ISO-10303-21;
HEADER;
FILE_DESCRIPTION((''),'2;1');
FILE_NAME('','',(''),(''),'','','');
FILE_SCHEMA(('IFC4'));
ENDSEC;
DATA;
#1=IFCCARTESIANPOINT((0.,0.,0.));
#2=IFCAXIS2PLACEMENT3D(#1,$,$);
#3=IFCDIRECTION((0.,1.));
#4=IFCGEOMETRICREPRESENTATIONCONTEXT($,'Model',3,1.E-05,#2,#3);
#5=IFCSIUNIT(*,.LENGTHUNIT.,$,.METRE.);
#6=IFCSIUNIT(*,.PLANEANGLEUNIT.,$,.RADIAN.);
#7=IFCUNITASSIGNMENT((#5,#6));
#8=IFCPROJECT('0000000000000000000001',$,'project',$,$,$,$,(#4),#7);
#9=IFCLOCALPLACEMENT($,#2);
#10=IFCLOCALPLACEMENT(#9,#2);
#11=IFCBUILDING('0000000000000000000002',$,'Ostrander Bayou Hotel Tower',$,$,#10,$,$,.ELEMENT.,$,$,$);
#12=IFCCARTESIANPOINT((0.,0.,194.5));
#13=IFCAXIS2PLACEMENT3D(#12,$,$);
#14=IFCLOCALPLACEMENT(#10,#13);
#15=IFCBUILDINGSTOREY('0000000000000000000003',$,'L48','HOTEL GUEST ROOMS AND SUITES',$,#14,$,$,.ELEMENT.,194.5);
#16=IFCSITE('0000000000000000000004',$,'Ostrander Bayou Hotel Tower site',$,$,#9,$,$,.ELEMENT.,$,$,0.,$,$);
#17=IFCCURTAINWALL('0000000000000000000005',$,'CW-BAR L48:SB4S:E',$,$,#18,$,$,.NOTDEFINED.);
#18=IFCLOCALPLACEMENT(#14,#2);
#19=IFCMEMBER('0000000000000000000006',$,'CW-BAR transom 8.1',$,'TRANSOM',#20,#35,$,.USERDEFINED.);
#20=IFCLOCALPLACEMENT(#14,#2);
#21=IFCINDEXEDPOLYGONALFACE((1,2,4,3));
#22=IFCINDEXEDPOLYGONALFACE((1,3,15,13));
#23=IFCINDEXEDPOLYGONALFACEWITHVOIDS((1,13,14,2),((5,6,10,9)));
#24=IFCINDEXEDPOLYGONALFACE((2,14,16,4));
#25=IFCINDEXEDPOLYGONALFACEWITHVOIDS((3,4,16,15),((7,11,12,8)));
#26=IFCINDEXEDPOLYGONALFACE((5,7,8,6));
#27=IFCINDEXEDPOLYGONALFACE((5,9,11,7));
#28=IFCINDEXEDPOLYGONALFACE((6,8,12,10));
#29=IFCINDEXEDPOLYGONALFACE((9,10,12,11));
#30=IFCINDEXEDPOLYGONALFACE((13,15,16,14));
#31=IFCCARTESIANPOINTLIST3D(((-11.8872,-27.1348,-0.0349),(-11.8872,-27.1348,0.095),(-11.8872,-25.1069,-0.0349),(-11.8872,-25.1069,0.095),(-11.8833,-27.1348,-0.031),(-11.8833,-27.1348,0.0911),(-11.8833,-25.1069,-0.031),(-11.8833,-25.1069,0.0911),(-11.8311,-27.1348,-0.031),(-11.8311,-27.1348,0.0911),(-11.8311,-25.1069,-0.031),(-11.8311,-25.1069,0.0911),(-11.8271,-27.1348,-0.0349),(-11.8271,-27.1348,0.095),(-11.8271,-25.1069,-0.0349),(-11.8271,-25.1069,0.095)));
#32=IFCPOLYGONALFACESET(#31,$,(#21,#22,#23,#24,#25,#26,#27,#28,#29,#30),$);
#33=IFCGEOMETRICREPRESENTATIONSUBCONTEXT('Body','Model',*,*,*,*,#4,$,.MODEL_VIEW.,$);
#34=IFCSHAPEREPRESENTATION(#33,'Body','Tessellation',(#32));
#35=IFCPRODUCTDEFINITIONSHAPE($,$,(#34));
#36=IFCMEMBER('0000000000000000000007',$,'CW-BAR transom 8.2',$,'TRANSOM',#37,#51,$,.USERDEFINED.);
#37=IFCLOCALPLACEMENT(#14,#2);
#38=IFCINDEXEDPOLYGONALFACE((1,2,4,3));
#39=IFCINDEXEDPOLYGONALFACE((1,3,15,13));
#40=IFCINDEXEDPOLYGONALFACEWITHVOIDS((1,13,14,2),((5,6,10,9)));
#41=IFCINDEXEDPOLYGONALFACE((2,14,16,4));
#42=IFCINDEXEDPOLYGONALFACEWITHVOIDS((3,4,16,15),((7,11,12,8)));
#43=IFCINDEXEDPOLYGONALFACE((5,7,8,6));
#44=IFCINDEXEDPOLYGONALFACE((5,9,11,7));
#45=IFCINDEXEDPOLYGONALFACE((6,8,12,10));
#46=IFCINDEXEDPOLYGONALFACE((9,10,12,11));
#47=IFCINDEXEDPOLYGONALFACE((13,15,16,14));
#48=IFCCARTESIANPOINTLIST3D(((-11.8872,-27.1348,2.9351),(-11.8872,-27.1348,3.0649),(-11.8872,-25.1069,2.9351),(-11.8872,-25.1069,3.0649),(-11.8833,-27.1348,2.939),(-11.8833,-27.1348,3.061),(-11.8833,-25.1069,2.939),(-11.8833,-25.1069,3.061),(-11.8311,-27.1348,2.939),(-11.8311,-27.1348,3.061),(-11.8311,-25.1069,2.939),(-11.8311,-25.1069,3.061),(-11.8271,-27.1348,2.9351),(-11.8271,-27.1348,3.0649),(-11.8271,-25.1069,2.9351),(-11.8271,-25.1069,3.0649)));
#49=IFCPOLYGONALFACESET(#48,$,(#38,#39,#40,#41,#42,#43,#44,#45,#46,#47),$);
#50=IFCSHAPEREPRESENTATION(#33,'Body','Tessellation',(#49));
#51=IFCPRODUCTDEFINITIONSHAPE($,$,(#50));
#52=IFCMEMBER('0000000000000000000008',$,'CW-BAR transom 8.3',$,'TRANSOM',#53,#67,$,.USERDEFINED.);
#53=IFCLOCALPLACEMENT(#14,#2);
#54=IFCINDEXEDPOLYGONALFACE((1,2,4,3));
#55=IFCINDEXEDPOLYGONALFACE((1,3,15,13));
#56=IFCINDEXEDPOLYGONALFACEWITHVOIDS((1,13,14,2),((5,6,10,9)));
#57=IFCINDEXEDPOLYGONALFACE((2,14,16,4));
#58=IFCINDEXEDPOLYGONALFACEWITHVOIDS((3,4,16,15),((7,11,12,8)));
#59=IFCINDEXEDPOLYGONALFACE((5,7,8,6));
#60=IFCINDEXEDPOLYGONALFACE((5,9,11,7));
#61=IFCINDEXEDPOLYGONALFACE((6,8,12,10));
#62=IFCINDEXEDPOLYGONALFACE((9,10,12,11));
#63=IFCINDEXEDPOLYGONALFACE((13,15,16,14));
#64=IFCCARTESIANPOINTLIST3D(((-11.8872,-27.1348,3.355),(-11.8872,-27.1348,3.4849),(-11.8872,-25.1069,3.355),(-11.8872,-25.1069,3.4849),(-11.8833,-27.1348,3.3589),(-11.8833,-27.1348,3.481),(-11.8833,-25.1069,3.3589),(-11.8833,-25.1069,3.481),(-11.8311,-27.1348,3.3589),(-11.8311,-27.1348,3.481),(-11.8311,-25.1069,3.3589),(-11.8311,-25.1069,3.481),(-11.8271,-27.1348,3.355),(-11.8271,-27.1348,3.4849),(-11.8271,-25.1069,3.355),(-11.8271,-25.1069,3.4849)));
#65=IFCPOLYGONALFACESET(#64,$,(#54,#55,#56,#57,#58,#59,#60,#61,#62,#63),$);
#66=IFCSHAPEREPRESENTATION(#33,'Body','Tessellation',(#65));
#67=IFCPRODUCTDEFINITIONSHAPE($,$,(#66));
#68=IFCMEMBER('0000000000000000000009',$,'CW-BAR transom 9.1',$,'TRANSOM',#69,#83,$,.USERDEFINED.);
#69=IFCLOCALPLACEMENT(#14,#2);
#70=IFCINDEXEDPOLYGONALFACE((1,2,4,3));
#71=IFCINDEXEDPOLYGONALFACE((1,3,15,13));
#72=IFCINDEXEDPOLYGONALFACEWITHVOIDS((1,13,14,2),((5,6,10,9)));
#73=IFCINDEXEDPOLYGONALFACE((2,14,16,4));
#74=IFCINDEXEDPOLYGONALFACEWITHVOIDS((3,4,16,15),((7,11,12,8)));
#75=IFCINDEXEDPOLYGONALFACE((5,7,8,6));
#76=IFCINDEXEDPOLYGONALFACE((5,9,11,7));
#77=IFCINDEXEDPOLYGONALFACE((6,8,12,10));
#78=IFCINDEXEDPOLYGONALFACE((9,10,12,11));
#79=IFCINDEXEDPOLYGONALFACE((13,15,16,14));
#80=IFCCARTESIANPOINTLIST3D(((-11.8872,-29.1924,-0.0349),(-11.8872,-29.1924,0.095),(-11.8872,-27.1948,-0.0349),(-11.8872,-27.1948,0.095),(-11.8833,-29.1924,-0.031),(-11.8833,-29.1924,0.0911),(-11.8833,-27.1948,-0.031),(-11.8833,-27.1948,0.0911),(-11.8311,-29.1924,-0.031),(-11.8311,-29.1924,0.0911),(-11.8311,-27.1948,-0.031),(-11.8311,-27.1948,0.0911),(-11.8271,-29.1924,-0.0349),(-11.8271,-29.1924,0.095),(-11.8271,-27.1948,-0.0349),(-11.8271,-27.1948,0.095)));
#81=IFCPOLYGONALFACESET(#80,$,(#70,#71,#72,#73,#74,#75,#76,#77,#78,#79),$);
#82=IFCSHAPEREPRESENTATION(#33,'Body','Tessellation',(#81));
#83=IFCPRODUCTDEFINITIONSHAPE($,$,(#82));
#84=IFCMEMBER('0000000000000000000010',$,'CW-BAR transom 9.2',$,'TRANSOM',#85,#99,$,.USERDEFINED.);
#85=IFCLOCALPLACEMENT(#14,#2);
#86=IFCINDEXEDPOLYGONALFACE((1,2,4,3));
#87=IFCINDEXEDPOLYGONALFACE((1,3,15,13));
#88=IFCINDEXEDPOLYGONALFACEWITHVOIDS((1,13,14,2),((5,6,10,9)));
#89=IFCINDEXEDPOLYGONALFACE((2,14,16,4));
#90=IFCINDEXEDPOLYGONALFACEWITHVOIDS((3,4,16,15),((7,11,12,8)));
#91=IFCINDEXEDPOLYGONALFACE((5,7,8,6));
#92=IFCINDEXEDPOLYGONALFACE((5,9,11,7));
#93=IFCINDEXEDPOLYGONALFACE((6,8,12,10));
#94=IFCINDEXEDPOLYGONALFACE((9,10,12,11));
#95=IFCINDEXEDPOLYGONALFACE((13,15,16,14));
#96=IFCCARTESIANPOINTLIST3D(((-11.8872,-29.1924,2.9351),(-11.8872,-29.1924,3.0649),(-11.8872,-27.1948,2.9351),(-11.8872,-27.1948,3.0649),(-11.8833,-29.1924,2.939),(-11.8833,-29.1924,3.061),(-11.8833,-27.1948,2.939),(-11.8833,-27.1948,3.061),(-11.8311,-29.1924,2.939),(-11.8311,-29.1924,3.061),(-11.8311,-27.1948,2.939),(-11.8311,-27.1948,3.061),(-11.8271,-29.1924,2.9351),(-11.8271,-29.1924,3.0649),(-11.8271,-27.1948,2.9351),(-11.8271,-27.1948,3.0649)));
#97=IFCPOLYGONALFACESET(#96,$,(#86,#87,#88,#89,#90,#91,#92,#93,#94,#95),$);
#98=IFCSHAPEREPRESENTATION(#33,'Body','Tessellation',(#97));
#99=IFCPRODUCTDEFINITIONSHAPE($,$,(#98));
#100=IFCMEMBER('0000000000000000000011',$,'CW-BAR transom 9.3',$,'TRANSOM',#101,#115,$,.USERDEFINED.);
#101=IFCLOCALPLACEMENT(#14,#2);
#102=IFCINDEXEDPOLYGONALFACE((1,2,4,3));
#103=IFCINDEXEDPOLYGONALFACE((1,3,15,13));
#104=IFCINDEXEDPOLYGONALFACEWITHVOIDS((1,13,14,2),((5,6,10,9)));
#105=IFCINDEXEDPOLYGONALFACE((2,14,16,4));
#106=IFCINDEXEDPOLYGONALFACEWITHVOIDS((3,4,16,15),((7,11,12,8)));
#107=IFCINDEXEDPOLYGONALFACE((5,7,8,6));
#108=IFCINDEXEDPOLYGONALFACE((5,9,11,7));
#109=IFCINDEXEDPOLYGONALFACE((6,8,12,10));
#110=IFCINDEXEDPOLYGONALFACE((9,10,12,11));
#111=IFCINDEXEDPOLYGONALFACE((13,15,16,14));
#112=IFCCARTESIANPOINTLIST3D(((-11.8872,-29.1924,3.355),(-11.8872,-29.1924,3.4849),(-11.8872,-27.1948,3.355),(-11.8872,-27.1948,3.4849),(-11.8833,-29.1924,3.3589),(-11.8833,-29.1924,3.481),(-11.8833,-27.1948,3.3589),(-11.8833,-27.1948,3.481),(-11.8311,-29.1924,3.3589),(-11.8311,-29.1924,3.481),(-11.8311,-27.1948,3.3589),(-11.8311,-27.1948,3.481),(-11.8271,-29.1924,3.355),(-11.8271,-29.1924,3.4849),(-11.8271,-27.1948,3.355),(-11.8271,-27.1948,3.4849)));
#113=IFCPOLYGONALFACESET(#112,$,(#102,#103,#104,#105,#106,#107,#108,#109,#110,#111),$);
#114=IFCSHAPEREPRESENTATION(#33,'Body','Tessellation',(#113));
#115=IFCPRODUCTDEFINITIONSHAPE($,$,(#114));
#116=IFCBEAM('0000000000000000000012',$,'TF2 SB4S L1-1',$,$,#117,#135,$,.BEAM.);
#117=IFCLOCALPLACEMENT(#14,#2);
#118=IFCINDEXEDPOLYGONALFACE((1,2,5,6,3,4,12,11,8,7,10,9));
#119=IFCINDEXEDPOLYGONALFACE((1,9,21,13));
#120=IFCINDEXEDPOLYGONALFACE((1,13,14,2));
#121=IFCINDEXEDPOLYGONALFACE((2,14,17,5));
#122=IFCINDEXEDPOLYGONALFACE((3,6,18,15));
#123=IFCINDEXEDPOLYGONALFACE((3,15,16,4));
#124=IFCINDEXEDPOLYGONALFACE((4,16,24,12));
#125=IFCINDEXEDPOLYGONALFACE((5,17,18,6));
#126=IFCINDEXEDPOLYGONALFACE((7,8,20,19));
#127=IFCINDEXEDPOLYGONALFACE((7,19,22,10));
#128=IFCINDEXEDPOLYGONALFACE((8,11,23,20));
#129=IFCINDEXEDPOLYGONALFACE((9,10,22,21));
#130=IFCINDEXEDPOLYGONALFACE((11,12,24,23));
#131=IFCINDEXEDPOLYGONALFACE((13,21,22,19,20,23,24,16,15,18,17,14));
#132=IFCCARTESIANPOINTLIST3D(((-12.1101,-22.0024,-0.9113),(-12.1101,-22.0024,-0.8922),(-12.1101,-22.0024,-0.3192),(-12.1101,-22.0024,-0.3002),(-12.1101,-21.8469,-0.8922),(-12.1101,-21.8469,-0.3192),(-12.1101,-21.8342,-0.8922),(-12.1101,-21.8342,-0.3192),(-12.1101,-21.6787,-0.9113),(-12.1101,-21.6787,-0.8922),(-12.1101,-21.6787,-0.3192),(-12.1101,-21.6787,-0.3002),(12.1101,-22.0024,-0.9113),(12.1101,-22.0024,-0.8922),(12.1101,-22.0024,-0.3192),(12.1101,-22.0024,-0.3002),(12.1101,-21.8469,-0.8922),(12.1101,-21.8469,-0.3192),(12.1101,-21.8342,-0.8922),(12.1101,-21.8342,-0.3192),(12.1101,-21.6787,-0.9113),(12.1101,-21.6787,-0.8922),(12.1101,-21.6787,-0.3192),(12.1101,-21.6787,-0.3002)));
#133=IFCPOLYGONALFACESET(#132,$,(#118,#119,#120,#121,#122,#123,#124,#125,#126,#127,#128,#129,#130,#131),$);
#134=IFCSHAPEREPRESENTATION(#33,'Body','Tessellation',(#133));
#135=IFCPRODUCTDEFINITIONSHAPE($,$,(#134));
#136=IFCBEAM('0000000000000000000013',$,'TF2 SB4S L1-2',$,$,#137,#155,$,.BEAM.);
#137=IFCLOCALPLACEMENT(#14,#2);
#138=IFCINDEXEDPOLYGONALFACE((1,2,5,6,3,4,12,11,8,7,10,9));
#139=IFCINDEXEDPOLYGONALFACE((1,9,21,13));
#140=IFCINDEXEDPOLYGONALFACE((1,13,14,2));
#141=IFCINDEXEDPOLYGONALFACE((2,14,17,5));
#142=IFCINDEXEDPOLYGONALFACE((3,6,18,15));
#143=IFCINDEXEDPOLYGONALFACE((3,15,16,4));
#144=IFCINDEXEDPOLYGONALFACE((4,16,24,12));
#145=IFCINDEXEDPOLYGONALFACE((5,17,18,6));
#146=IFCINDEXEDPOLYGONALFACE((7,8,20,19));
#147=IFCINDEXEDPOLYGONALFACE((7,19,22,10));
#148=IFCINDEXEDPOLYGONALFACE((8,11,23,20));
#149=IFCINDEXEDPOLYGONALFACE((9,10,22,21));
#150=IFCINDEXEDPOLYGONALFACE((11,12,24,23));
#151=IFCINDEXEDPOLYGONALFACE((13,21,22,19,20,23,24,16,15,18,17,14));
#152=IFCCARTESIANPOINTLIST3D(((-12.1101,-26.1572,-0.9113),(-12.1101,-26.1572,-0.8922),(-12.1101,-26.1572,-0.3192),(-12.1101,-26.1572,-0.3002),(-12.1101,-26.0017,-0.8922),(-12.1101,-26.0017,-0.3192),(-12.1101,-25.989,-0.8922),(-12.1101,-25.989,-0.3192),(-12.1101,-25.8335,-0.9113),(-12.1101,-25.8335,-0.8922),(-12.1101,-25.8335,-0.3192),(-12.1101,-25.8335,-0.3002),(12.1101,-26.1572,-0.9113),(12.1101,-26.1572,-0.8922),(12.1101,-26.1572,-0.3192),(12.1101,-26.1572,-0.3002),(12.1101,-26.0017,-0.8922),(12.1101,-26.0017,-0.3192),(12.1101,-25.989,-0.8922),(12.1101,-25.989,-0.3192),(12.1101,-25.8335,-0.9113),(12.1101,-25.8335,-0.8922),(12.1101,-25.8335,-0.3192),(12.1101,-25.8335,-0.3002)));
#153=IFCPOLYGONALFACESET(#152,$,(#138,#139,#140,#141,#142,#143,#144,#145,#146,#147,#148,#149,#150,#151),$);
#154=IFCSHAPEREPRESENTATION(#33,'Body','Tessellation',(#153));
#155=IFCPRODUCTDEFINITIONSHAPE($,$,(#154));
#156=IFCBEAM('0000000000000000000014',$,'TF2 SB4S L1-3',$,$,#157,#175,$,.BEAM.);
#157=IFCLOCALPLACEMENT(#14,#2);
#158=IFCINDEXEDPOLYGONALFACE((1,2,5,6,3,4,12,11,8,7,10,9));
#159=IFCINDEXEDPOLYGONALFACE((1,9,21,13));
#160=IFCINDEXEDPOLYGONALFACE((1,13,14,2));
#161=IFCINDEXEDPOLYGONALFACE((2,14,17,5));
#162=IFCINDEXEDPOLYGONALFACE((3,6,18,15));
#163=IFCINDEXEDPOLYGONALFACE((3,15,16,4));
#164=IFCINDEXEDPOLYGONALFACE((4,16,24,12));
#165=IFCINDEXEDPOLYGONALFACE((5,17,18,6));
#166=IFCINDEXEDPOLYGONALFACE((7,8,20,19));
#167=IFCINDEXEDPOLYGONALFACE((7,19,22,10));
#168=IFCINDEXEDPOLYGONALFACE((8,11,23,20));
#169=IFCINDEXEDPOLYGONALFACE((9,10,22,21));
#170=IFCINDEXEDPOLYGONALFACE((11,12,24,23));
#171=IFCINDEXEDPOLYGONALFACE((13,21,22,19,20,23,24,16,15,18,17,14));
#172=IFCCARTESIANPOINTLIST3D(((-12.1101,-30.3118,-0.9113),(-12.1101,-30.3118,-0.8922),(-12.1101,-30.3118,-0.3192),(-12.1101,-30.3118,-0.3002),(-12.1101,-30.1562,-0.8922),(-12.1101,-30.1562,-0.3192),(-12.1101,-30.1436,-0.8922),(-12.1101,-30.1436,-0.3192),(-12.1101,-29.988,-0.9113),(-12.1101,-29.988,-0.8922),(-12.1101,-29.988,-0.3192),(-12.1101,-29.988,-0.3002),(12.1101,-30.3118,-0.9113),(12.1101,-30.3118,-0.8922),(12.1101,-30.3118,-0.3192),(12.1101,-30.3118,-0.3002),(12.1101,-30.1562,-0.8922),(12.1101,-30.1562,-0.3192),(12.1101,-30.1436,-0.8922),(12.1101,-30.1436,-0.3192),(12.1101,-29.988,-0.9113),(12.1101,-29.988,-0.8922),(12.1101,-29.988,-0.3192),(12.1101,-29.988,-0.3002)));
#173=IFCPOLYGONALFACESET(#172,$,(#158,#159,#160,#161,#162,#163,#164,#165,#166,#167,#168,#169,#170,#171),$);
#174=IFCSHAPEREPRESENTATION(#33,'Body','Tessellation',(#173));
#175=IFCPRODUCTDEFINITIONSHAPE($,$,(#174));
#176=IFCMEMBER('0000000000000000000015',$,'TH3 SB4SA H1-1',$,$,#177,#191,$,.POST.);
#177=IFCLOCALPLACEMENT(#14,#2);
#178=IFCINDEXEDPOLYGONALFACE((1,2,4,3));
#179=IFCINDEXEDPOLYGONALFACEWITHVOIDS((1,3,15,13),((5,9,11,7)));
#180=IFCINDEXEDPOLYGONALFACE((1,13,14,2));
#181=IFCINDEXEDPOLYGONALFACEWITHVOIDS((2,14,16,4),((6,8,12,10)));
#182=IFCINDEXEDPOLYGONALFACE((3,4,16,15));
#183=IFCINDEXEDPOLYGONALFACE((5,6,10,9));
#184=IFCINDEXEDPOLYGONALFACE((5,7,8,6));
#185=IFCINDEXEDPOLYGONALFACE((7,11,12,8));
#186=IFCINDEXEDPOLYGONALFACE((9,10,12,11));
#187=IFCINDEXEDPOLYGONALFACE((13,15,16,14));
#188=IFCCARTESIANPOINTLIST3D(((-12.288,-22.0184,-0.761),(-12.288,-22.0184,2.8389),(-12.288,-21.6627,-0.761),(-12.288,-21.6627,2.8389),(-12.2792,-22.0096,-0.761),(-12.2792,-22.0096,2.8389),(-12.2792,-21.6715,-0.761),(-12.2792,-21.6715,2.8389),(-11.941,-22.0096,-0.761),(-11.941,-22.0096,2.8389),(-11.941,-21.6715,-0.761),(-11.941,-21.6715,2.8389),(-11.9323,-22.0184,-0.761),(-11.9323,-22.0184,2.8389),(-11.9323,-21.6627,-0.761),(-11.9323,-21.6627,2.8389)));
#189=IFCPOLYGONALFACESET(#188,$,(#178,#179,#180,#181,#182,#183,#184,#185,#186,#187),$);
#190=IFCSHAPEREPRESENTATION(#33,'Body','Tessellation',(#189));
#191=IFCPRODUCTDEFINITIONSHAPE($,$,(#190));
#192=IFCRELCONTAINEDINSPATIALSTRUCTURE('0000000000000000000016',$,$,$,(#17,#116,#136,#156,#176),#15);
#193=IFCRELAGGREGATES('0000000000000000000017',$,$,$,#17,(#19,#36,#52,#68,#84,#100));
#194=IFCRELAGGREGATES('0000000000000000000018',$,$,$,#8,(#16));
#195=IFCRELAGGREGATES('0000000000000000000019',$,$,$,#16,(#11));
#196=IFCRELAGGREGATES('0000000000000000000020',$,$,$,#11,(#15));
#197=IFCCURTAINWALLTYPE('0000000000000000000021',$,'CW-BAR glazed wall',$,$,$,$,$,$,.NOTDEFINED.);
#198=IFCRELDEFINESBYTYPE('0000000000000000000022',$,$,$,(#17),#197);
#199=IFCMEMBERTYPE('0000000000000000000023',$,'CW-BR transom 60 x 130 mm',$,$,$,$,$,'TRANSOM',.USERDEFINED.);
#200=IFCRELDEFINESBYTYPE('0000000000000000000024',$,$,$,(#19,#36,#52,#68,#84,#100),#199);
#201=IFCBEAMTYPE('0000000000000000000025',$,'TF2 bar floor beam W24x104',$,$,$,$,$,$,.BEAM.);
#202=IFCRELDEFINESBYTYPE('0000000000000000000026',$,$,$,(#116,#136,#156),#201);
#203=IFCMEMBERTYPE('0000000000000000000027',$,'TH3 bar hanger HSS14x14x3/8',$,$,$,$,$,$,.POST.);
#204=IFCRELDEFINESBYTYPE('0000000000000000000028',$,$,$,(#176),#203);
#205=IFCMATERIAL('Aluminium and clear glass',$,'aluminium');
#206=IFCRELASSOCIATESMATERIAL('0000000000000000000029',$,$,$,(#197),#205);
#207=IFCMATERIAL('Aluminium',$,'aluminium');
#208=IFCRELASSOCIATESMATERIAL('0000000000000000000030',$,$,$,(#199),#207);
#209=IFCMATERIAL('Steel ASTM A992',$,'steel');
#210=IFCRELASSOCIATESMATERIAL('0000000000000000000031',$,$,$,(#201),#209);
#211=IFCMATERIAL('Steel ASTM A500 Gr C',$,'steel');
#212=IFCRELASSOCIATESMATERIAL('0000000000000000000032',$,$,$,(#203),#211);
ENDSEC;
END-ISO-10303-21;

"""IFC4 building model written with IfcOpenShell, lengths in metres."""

from ifc_helpers import new_model, si_unit, direction, frame, origin, origin_2d, place, context, subcontext, project, spatial, hollow_rectangle, i_section, extrude, material, material_profile, profile_set, type_object, element, aggregate, save


model = new_model("IFC4")

# Units and contexts
model_context = context("Model", 3, precision=1e-05, world=origin(), true_north=direction((0.0, 1.0)))
body_context = subcontext(model_context, "Body", "Model", "MODEL_VIEW")
ifc_project = project(units=[si_unit("LENGTHUNIT", "METRE"), si_unit("PLANEANGLEUNIT", "RADIAN")], contexts=[model_context])

# Site, building, storey
site_placement = place(None, origin())
site = spatial("IfcSite", under=ifc_project, at=site_placement, Name="Ostrander Bayou Hotel Tower site", CompositionType="ELEMENT", RefElevation=0.0)
building_placement = place(site_placement, origin())
building = spatial("IfcBuilding", under=site, at=building_placement, Name="Ostrander Bayou Hotel Tower", CompositionType="ELEMENT")
storey_placement = place(building_placement, frame((0.0, 0.0, 194.5)))
storey = spatial("IfcBuildingStorey", under=building, at=storey_placement, Name="L48", Description="HOTEL GUEST ROOMS AND SUITES", CompositionType="ELEMENT", Elevation=194.5)

# Curtain wall, members
ifc_material_1 = material(Name="Aluminium and clear glass", Category="aluminium")
curtain_wall_type = type_object("IfcCurtainWallType", Name="CW-BAR glazed wall", PredefinedType="NOTDEFINED", material=ifc_material_1)
curtain_wall_placement = place(storey_placement, origin())
curtain_wall = element("IfcCurtainWall", 1, at=curtain_wall_placement, inside=storey, type_object=curtain_wall_type, Name="CW-BAR L48:SB4S:E", PredefinedType="NOTDEFINED")
ifc_material_2 = material(Name="Aluminium", Category="aluminium")
ifc_material_profile_1 = material_profile(ifc_material_2, hollow_rectangle(XDim=0.0601, YDim=0.1299, WallThickness=0.0039, at=origin_2d()))
ifc_profile_set_1 = profile_set([ifc_material_profile_1], Name="Aluminium")
member_type_1 = type_object("IfcMemberType", Name="CW-BR transom 60 x 130 mm", ElementType="TRANSOM", PredefinedType="USERDEFINED", material=ifc_profile_set_1)
member_1_placement = place(storey_placement, frame((-11.8572, -25.1069, 0.03), z_axis=(0.0, -1.0, 0.0), x_axis=(1.0, 0.0, 0.0)))
member_1 = element("IfcMember", 2, at=member_1_placement, type_object=member_type_1, Name="CW-BAR transom 8.1", ObjectType="TRANSOM", PredefinedType="USERDEFINED", context=body_context, shape_type="SweptSolid", body=[
    extrude(hollow_rectangle(XDim=0.0601, YDim=0.1299, WallThickness=0.0039, at=origin_2d()), origin(), (0.0, 0.0, 1.0), 2.0278),
])
member_2_placement = place(storey_placement, frame((-11.8572, -25.1069, 3.0), z_axis=(0.0, -1.0, 0.0), x_axis=(1.0, 0.0, 0.0)))
member_2 = element("IfcMember", 3, at=member_2_placement, type_object=member_type_1, Name="CW-BAR transom 8.2", ObjectType="TRANSOM", PredefinedType="USERDEFINED", context=body_context, shape_type="SweptSolid", body=[
    extrude(hollow_rectangle(XDim=0.0601, YDim=0.1299, WallThickness=0.0039, at=origin_2d()), origin(), (0.0, 0.0, 1.0), 2.0278),
])
member_3_placement = place(storey_placement, frame((-11.8572, -25.1069, 3.4199), z_axis=(0.0, -1.0, 0.0), x_axis=(1.0, 0.0, 0.0)))
member_3 = element("IfcMember", 4, at=member_3_placement, type_object=member_type_1, Name="CW-BAR transom 8.3", ObjectType="TRANSOM", PredefinedType="USERDEFINED", context=body_context, shape_type="SweptSolid", body=[
    extrude(hollow_rectangle(XDim=0.0601, YDim=0.1299, WallThickness=0.0039, at=origin_2d()), origin(), (0.0, 0.0, 1.0), 2.0278),
])
member_4_placement = place(storey_placement, frame((-11.8572, -27.1948, 0.03), z_axis=(0.0, -1.0, 0.0), x_axis=(1.0, 0.0, 0.0)))
member_4 = element("IfcMember", 5, at=member_4_placement, type_object=member_type_1, Name="CW-BAR transom 9.1", ObjectType="TRANSOM", PredefinedType="USERDEFINED", context=body_context, shape_type="SweptSolid", body=[
    extrude(hollow_rectangle(XDim=0.0601, YDim=0.1299, WallThickness=0.0039, at=origin_2d()), origin(), (0.0, 0.0, 1.0), 1.9976),
])
member_5_placement = place(storey_placement, frame((-11.8572, -27.1948, 3.0), z_axis=(0.0, -1.0, 0.0), x_axis=(1.0, 0.0, 0.0)))
member_5 = element("IfcMember", 6, at=member_5_placement, type_object=member_type_1, Name="CW-BAR transom 9.2", ObjectType="TRANSOM", PredefinedType="USERDEFINED", context=body_context, shape_type="SweptSolid", body=[
    extrude(hollow_rectangle(XDim=0.0601, YDim=0.1299, WallThickness=0.0039, at=origin_2d()), origin(), (0.0, 0.0, 1.0), 1.9976),
])
member_6_placement = place(storey_placement, frame((-11.8572, -27.1948, 3.4199), z_axis=(0.0, -1.0, 0.0), x_axis=(1.0, 0.0, 0.0)))
member_6 = element("IfcMember", 7, at=member_6_placement, type_object=member_type_1, Name="CW-BAR transom 9.3", ObjectType="TRANSOM", PredefinedType="USERDEFINED", context=body_context, shape_type="SweptSolid", body=[
    extrude(hollow_rectangle(XDim=0.0601, YDim=0.1299, WallThickness=0.0039, at=origin_2d()), origin(), (0.0, 0.0, 1.0), 1.9976),
])

# Beams
ifc_material_3 = material(Name="Steel ASTM A992", Category="steel")
ifc_material_profile_2 = material_profile(ifc_material_3, i_section(OverallWidth=0.3237, OverallDepth=0.6111, WebThickness=0.0127, FlangeThickness=0.019, at=origin_2d()))
ifc_profile_set_2 = profile_set([ifc_material_profile_2], Name="Steel ASTM A992")
beam_type = type_object("IfcBeamType", Name="TF2 bar floor beam W24x104", PredefinedType="BEAM", material=ifc_profile_set_2)
for number, where, z_axis, x_axis, name in (
    (8, (-12.1101, -21.8406, -0.6057), (1.0, 0.0, 0.0), (0.0, 1.0, 0.0), "TF2 SB4S L1-1"),
    (9, (-12.1101, -25.9954, -0.6057), (1.0, 0.0, 0.0), (0.0, 1.0, 0.0), "TF2 SB4S L1-2"),
    (10, (-12.1101, -30.1499, -0.6057), (1.0, 0.0, 0.0), (0.0, 1.0, 0.0), "TF2 SB4S L1-3"),
):
    element("IfcBeam", number, at=place(storey_placement, frame(where, z_axis=z_axis, x_axis=x_axis)), inside=storey, type_object=beam_type, Name=name, PredefinedType="BEAM", context=body_context, shape_type="SweptSolid", body=[
        extrude(i_section(OverallWidth=0.3237, OverallDepth=0.6111, WebThickness=0.0127, FlangeThickness=0.019, at=origin_2d()), origin(), (0.0, 0.0, 1.0), 24.2202),
    ])

# Member
ifc_material_4 = material(Name="Steel ASTM A500 Gr C", Category="steel")
ifc_material_profile_3 = material_profile(ifc_material_4, hollow_rectangle(XDim=0.3557, YDim=0.3557, WallThickness=0.0088, at=origin_2d()))
ifc_profile_set_3 = profile_set([ifc_material_profile_3], Name="Steel ASTM A500 Gr C")
member_type_2 = type_object("IfcMemberType", Name="TH3 bar hanger HSS14x14x3/8", PredefinedType="POST", material=ifc_profile_set_3)
for number, where, z_axis, x_axis, name in (
    (11, (-12.1101, -21.8406, -0.761), (0.0, 0.0, 1.0), (1.0, 0.0, 0.0), "TH3 SB4SA H1-1"),
):
    element("IfcMember", number, at=place(storey_placement, frame(where, z_axis=z_axis, x_axis=x_axis)), inside=storey, type_object=member_type_2, Name=name, PredefinedType="POST", context=body_context, shape_type="SweptSolid", body=[
        extrude(hollow_rectangle(XDim=0.3557, YDim=0.3557, WallThickness=0.0088, at=origin_2d()), origin(), (0.0, 0.0, 1.0), 3.5999),
    ])

aggregate(curtain_wall, [member_1, member_2, member_3, member_4, member_5, member_6])

save(model, "model.ifc")
